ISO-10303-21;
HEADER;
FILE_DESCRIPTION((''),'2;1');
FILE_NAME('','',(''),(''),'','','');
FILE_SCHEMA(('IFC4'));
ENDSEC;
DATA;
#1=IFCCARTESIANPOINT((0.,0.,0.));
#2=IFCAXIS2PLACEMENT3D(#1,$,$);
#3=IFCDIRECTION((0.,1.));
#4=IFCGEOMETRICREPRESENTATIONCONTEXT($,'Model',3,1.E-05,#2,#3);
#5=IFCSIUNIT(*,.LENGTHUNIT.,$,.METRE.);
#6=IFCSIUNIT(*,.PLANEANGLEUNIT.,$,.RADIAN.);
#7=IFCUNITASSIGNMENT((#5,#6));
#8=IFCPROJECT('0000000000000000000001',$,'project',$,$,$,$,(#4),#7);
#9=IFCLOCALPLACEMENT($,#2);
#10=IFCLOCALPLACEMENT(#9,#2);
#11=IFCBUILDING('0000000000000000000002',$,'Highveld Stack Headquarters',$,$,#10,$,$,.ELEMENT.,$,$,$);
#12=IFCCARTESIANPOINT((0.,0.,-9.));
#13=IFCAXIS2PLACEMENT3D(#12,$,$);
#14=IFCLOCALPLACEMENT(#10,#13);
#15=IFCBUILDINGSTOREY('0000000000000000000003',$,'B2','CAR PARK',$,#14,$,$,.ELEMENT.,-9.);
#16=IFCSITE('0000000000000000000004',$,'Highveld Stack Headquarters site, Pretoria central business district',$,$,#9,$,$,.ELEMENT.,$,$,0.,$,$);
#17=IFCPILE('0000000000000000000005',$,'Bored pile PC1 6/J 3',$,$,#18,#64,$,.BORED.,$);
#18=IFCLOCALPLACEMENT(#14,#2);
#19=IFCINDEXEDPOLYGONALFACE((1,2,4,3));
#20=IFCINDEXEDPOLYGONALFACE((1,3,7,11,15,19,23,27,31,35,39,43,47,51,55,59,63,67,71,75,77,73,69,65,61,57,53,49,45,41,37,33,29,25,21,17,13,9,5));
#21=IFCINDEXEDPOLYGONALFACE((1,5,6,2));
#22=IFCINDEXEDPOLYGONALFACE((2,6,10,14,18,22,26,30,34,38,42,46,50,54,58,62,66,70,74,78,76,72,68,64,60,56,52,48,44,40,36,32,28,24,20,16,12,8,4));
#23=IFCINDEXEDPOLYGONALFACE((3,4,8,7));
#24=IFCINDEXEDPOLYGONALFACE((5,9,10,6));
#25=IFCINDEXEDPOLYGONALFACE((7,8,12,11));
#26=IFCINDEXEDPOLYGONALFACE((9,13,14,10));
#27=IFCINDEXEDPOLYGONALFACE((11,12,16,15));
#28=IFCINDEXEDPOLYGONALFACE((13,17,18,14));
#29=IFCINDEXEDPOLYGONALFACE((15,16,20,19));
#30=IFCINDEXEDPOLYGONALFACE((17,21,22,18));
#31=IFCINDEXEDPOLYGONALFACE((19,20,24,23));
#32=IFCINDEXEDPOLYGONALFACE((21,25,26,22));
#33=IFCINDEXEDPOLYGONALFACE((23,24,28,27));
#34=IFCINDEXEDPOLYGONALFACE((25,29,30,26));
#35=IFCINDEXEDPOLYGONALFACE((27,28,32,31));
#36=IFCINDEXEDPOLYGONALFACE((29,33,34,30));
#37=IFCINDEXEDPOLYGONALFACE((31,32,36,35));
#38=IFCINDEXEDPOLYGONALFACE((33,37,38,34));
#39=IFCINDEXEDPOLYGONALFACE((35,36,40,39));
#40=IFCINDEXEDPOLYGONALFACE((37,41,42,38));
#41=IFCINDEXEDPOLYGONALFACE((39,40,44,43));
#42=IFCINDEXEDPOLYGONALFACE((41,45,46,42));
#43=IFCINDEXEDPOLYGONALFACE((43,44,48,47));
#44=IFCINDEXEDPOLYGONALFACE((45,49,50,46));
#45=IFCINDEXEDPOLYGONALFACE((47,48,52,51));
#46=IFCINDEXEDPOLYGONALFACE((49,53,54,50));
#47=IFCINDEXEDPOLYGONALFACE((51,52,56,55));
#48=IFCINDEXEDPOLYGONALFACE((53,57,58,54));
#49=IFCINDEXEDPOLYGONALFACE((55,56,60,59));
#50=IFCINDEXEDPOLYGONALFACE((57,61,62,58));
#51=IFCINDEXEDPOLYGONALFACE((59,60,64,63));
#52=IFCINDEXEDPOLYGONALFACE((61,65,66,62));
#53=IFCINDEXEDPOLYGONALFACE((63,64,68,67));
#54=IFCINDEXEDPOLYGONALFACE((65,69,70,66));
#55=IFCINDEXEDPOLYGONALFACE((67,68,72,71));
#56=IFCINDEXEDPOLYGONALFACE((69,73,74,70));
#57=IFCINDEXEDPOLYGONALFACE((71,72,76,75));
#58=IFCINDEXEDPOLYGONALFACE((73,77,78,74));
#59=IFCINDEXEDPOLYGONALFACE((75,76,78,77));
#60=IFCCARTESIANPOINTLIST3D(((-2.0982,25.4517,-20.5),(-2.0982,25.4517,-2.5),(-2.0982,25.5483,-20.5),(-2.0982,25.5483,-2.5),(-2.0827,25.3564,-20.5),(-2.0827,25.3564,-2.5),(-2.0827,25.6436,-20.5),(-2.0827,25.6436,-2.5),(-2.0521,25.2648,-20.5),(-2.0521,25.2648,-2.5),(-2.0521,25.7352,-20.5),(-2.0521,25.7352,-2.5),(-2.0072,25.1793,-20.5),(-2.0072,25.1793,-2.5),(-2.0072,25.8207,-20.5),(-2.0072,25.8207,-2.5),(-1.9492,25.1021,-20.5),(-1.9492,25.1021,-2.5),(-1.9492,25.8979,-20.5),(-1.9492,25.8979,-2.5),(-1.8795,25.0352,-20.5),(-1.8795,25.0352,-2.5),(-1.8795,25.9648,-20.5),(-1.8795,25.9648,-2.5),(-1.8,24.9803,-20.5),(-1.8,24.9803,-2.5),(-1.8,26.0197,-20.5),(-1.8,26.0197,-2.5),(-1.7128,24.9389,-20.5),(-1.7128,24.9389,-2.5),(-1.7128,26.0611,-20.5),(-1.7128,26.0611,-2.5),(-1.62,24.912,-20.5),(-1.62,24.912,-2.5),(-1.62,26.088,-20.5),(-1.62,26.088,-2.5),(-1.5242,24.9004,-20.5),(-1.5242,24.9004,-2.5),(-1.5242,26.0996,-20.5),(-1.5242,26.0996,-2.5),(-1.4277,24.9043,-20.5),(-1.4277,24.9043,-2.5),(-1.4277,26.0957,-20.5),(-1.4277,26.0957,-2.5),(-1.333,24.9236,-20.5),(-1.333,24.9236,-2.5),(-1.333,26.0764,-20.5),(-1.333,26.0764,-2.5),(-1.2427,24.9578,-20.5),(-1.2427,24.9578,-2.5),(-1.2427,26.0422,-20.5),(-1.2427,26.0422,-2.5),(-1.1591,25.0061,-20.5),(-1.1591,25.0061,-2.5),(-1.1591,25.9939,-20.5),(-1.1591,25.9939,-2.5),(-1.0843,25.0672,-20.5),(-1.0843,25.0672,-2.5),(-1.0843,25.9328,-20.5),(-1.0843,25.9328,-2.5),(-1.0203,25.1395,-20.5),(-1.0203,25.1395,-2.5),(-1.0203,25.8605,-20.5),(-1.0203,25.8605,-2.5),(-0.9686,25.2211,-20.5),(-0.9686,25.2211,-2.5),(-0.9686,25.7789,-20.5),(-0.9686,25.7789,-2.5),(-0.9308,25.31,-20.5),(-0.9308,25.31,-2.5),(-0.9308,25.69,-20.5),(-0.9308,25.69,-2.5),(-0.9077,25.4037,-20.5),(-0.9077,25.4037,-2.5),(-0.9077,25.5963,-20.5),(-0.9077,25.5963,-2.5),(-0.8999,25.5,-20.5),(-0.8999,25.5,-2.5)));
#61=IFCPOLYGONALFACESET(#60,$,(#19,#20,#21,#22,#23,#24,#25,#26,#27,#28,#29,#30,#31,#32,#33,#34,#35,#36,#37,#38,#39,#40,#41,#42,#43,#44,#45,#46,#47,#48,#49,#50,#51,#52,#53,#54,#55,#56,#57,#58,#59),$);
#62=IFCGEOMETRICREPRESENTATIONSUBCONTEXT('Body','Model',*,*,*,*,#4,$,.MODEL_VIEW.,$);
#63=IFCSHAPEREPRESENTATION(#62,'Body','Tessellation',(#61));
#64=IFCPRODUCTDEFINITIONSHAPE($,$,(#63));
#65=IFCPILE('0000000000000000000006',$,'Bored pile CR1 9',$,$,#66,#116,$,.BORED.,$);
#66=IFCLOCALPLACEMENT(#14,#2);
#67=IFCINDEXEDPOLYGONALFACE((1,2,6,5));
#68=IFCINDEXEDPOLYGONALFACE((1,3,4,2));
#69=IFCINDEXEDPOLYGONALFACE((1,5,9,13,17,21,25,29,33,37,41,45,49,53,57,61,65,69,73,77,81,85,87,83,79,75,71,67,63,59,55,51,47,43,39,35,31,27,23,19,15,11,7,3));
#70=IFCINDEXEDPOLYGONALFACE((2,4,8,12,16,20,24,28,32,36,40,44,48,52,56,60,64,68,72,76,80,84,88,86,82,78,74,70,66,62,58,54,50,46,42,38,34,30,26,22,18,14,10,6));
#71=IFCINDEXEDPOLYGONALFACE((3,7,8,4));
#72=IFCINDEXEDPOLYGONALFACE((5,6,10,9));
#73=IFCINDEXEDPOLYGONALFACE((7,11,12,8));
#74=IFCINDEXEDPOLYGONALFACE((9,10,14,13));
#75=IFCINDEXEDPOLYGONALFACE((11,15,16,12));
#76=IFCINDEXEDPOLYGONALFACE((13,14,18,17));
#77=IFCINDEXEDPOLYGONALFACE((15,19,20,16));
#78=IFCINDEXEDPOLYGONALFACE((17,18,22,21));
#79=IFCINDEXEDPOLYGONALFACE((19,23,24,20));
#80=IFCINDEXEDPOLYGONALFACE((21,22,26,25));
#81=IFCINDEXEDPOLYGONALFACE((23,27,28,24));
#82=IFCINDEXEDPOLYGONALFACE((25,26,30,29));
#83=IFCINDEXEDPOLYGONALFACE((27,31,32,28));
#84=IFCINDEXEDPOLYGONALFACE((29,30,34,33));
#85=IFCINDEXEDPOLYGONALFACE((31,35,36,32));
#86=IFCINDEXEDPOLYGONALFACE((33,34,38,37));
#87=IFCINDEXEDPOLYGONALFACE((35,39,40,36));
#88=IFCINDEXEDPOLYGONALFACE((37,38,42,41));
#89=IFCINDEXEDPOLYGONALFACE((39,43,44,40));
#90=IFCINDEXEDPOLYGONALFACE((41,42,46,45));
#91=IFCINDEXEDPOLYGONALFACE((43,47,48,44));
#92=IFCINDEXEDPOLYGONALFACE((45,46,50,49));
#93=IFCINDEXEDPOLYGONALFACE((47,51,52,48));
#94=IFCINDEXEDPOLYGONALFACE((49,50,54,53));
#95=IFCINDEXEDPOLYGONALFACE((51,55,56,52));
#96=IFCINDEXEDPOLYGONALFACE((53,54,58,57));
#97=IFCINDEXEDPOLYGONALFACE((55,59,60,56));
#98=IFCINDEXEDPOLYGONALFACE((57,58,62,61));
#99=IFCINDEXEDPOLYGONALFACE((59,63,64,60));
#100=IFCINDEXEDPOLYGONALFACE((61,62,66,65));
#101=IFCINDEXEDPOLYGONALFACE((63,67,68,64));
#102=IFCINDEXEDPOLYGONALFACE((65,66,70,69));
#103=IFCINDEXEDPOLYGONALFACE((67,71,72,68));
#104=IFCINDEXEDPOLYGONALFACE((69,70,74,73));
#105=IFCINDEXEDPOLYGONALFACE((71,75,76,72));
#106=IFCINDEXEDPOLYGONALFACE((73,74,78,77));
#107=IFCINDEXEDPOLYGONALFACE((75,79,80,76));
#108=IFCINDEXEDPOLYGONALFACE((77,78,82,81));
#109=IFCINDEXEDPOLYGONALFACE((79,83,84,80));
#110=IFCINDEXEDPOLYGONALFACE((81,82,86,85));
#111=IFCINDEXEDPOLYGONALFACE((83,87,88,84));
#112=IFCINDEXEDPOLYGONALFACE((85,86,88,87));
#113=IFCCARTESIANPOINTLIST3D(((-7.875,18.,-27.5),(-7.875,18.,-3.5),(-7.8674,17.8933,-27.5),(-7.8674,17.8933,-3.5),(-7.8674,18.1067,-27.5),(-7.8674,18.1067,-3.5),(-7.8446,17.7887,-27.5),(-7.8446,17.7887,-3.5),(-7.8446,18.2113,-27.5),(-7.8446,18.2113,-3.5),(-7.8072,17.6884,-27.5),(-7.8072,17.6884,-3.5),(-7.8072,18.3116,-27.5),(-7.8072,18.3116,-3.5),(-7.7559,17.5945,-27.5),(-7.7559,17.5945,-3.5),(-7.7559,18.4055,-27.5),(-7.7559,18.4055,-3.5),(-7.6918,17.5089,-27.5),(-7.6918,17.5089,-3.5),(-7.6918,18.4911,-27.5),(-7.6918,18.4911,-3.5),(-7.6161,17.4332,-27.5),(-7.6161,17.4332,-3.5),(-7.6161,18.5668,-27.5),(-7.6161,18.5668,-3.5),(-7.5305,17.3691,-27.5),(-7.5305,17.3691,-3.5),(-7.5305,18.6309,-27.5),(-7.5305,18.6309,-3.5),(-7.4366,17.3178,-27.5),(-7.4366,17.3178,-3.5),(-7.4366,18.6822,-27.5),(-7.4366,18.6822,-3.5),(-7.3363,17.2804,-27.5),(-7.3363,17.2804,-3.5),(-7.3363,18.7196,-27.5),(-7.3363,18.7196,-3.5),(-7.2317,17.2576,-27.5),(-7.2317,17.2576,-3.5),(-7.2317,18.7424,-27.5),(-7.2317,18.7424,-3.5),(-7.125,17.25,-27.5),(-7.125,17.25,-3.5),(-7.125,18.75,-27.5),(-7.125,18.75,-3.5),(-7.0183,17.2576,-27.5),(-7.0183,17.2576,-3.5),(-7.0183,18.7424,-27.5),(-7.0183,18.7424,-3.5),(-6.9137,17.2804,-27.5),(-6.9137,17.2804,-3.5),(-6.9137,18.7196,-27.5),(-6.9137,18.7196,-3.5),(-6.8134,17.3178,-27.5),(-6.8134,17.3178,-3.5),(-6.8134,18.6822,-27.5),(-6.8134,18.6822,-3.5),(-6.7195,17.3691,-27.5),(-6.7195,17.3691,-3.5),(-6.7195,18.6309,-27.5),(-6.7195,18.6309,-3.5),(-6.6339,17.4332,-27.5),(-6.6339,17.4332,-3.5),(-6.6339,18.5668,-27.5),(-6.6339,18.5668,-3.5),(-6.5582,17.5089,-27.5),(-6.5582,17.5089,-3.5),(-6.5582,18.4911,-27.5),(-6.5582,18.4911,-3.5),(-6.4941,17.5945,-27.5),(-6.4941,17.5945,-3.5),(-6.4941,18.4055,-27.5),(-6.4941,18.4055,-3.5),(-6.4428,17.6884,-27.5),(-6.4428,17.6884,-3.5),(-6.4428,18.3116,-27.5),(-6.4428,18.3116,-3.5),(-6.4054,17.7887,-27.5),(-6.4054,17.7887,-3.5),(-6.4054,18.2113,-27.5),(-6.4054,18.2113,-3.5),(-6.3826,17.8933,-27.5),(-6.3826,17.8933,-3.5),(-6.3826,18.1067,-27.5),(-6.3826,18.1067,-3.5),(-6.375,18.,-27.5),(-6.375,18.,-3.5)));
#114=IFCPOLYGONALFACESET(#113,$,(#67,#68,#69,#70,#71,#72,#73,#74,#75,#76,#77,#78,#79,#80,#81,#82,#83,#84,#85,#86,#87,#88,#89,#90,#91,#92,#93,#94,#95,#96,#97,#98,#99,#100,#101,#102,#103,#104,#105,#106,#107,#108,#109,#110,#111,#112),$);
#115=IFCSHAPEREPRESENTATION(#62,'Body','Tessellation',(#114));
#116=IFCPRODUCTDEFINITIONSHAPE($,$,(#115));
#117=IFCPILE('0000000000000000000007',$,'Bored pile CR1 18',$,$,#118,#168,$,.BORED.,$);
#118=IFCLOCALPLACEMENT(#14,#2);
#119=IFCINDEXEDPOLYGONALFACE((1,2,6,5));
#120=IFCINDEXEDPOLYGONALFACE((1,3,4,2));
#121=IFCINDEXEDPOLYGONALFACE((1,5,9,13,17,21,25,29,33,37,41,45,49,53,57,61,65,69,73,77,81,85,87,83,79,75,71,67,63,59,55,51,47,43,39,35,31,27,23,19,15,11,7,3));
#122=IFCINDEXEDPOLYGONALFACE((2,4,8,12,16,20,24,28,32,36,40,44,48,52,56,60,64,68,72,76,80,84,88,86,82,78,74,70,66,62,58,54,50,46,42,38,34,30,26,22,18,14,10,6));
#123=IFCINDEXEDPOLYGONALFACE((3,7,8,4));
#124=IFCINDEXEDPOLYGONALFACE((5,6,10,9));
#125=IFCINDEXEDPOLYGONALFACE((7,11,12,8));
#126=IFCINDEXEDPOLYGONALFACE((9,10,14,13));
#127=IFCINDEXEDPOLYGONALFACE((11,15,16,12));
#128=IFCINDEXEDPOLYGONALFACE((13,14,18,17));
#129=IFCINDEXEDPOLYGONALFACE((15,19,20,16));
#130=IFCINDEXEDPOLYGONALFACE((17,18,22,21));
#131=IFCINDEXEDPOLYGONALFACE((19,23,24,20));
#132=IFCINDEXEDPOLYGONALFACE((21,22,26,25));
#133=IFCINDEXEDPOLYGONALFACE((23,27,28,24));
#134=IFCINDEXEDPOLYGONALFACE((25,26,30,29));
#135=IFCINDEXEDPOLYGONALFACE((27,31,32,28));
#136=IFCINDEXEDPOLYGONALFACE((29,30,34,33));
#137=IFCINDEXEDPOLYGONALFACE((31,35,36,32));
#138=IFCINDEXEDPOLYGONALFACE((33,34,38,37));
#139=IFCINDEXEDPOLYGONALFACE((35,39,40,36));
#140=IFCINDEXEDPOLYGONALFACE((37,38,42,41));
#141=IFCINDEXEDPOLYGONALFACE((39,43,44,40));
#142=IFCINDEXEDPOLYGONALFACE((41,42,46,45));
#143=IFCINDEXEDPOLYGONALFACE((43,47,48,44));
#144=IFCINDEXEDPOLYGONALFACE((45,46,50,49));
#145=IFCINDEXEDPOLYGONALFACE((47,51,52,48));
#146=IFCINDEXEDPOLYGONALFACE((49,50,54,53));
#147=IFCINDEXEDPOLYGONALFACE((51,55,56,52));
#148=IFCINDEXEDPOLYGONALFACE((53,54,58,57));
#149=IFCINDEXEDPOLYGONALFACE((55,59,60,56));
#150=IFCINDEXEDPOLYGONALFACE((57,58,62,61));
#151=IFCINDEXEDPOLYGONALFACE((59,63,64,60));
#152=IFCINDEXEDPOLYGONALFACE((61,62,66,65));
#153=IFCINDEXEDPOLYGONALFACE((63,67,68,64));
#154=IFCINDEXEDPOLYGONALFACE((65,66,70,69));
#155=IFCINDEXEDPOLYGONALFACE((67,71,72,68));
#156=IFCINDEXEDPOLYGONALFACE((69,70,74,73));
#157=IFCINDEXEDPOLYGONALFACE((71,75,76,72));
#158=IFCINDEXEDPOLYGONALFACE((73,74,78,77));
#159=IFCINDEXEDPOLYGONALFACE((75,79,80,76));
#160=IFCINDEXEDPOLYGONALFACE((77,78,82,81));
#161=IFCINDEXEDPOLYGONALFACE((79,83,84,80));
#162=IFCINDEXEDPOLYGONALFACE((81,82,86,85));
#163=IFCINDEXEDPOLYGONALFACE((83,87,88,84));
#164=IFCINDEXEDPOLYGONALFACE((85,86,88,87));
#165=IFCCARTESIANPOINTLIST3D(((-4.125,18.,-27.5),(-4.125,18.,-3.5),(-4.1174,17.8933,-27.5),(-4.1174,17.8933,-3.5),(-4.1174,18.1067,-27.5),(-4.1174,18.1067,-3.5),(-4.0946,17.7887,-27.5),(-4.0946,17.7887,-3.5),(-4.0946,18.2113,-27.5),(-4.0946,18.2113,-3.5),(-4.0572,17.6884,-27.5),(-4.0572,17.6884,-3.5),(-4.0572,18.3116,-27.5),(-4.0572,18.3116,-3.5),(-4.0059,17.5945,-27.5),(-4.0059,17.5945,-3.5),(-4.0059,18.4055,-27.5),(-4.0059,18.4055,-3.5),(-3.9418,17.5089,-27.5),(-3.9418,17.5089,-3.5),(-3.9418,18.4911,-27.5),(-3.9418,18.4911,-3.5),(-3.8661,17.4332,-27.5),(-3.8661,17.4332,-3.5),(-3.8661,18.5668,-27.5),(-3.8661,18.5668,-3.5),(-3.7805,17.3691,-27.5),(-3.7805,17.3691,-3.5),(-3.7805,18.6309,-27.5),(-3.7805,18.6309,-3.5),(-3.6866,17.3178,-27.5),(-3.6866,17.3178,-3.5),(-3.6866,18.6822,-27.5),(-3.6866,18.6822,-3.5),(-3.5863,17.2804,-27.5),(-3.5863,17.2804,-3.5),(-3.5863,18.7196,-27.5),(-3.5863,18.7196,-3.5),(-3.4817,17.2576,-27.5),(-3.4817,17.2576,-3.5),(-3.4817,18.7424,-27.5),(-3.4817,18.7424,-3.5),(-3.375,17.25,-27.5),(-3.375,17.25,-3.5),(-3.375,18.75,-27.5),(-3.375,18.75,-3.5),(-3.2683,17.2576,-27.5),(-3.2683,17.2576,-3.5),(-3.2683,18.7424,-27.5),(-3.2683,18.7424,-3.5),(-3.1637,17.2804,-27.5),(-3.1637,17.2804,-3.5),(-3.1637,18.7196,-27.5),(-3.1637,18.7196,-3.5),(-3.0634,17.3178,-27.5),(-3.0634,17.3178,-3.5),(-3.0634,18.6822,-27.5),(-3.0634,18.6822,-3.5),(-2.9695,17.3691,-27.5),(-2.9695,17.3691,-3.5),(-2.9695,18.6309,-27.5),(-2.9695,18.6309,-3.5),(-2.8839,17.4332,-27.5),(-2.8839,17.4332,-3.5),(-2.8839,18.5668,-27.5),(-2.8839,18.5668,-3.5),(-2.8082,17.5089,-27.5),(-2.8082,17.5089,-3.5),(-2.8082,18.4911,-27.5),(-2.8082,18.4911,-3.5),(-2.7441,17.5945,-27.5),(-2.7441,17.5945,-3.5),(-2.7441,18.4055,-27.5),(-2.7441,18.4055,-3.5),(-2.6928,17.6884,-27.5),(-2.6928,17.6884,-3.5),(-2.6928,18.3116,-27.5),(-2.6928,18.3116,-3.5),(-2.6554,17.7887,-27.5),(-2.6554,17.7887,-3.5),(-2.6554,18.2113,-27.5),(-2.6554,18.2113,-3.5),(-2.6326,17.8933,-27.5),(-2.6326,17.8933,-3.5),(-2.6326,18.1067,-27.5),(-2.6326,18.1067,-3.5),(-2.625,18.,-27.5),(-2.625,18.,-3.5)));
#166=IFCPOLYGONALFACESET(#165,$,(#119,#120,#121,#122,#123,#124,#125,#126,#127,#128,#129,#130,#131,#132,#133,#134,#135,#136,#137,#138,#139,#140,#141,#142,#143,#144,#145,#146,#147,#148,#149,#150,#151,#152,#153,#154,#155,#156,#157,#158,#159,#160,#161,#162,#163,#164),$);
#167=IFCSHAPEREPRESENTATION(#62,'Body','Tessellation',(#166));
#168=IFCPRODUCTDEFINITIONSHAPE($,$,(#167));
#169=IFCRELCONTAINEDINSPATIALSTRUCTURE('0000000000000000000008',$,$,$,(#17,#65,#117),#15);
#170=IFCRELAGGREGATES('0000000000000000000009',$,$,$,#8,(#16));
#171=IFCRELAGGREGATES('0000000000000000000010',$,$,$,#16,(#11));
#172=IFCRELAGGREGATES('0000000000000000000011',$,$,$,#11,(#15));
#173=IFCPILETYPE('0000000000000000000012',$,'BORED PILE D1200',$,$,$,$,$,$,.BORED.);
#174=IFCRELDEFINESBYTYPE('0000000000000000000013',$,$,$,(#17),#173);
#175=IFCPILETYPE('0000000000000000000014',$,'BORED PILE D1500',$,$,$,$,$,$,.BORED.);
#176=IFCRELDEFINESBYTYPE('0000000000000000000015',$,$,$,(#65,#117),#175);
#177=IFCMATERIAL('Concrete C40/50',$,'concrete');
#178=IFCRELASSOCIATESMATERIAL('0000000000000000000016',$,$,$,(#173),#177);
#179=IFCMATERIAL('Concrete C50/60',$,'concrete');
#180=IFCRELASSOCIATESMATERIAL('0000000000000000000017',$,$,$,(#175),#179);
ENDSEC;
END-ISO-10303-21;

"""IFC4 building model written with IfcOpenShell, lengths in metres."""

from ifc_helpers import new_model, si_unit, direction, frame, origin, origin_2d, place, context, subcontext, project, spatial, circle, extrude, material, type_object, element, save


model = new_model("IFC4")

# Units and contexts
model_context = context("Model", 3, precision=1e-05, world=origin(), true_north=direction((0.0, 1.0)))
body_context = subcontext(model_context, "Body", "Model", "MODEL_VIEW")
ifc_project = project(units=[si_unit("LENGTHUNIT", "METRE"), si_unit("PLANEANGLEUNIT", "RADIAN")], contexts=[model_context])

# Site, building, storey
site_placement = place(None, origin())
site = spatial("IfcSite", under=ifc_project, at=site_placement, Name="Highveld Stack Headquarters site, Pretoria central business district", CompositionType="ELEMENT", RefElevation=0.0)
building_placement = place(site_placement, origin())
building = spatial("IfcBuilding", under=site, at=building_placement, Name="Highveld Stack Headquarters", CompositionType="ELEMENT")
storey_placement = place(building_placement, frame((0.0, 0.0, -9.0)))
storey = spatial("IfcBuildingStorey", under=building, at=storey_placement, Name="B2", Description="CAR PARK", CompositionType="ELEMENT", Elevation=-9.0)

# Piles
ifc_material_1 = material(Name="Concrete C40/50", Category="concrete")
pile_type_1 = type_object("IfcPileType", Name="BORED PILE D1200", PredefinedType="BORED", material=ifc_material_1)
for number, where, z_axis, x_axis, name in (
    (1, (-1.5, 25.5, -2.5), (0.0, 0.0, -1.0), (1.0, 0.0, 0.0), "Bored pile PC1 6/J 3"),
):
    element("IfcPile", number, at=place(storey_placement, frame(where, z_axis=z_axis, x_axis=x_axis)), inside=storey, type_object=pile_type_1, Name=name, PredefinedType="BORED", context=body_context, shape_type="SweptSolid", body=[
        extrude(circle(Radius=0.6001, at=origin_2d()), origin(), (0.0, 0.0, 1.0), 18.0),
    ])
ifc_material_2 = material(Name="Concrete C50/60", Category="concrete")
pile_type_2 = type_object("IfcPileType", Name="BORED PILE D1500", PredefinedType="BORED", material=ifc_material_2)
for number, where, z_axis, x_axis, name in (
    (2, (-7.125, 18.0, -3.5), (0.0, 0.0, -1.0), (1.0, 0.0, 0.0), "Bored pile CR1 9"),
    (3, (-3.375, 18.0, -3.5), (0.0, 0.0, -1.0), (1.0, 0.0, 0.0), "Bored pile CR1 18"),
):
    element("IfcPile", number, at=place(storey_placement, frame(where, z_axis=z_axis, x_axis=x_axis)), inside=storey, type_object=pile_type_2, Name=name, PredefinedType="BORED", context=body_context, shape_type="SweptSolid", body=[
        extrude(circle(Radius=0.75, at=origin_2d()), origin(), (0.0, 0.0, 1.0), 24.0),
    ])

save(model, "model.ifc")
